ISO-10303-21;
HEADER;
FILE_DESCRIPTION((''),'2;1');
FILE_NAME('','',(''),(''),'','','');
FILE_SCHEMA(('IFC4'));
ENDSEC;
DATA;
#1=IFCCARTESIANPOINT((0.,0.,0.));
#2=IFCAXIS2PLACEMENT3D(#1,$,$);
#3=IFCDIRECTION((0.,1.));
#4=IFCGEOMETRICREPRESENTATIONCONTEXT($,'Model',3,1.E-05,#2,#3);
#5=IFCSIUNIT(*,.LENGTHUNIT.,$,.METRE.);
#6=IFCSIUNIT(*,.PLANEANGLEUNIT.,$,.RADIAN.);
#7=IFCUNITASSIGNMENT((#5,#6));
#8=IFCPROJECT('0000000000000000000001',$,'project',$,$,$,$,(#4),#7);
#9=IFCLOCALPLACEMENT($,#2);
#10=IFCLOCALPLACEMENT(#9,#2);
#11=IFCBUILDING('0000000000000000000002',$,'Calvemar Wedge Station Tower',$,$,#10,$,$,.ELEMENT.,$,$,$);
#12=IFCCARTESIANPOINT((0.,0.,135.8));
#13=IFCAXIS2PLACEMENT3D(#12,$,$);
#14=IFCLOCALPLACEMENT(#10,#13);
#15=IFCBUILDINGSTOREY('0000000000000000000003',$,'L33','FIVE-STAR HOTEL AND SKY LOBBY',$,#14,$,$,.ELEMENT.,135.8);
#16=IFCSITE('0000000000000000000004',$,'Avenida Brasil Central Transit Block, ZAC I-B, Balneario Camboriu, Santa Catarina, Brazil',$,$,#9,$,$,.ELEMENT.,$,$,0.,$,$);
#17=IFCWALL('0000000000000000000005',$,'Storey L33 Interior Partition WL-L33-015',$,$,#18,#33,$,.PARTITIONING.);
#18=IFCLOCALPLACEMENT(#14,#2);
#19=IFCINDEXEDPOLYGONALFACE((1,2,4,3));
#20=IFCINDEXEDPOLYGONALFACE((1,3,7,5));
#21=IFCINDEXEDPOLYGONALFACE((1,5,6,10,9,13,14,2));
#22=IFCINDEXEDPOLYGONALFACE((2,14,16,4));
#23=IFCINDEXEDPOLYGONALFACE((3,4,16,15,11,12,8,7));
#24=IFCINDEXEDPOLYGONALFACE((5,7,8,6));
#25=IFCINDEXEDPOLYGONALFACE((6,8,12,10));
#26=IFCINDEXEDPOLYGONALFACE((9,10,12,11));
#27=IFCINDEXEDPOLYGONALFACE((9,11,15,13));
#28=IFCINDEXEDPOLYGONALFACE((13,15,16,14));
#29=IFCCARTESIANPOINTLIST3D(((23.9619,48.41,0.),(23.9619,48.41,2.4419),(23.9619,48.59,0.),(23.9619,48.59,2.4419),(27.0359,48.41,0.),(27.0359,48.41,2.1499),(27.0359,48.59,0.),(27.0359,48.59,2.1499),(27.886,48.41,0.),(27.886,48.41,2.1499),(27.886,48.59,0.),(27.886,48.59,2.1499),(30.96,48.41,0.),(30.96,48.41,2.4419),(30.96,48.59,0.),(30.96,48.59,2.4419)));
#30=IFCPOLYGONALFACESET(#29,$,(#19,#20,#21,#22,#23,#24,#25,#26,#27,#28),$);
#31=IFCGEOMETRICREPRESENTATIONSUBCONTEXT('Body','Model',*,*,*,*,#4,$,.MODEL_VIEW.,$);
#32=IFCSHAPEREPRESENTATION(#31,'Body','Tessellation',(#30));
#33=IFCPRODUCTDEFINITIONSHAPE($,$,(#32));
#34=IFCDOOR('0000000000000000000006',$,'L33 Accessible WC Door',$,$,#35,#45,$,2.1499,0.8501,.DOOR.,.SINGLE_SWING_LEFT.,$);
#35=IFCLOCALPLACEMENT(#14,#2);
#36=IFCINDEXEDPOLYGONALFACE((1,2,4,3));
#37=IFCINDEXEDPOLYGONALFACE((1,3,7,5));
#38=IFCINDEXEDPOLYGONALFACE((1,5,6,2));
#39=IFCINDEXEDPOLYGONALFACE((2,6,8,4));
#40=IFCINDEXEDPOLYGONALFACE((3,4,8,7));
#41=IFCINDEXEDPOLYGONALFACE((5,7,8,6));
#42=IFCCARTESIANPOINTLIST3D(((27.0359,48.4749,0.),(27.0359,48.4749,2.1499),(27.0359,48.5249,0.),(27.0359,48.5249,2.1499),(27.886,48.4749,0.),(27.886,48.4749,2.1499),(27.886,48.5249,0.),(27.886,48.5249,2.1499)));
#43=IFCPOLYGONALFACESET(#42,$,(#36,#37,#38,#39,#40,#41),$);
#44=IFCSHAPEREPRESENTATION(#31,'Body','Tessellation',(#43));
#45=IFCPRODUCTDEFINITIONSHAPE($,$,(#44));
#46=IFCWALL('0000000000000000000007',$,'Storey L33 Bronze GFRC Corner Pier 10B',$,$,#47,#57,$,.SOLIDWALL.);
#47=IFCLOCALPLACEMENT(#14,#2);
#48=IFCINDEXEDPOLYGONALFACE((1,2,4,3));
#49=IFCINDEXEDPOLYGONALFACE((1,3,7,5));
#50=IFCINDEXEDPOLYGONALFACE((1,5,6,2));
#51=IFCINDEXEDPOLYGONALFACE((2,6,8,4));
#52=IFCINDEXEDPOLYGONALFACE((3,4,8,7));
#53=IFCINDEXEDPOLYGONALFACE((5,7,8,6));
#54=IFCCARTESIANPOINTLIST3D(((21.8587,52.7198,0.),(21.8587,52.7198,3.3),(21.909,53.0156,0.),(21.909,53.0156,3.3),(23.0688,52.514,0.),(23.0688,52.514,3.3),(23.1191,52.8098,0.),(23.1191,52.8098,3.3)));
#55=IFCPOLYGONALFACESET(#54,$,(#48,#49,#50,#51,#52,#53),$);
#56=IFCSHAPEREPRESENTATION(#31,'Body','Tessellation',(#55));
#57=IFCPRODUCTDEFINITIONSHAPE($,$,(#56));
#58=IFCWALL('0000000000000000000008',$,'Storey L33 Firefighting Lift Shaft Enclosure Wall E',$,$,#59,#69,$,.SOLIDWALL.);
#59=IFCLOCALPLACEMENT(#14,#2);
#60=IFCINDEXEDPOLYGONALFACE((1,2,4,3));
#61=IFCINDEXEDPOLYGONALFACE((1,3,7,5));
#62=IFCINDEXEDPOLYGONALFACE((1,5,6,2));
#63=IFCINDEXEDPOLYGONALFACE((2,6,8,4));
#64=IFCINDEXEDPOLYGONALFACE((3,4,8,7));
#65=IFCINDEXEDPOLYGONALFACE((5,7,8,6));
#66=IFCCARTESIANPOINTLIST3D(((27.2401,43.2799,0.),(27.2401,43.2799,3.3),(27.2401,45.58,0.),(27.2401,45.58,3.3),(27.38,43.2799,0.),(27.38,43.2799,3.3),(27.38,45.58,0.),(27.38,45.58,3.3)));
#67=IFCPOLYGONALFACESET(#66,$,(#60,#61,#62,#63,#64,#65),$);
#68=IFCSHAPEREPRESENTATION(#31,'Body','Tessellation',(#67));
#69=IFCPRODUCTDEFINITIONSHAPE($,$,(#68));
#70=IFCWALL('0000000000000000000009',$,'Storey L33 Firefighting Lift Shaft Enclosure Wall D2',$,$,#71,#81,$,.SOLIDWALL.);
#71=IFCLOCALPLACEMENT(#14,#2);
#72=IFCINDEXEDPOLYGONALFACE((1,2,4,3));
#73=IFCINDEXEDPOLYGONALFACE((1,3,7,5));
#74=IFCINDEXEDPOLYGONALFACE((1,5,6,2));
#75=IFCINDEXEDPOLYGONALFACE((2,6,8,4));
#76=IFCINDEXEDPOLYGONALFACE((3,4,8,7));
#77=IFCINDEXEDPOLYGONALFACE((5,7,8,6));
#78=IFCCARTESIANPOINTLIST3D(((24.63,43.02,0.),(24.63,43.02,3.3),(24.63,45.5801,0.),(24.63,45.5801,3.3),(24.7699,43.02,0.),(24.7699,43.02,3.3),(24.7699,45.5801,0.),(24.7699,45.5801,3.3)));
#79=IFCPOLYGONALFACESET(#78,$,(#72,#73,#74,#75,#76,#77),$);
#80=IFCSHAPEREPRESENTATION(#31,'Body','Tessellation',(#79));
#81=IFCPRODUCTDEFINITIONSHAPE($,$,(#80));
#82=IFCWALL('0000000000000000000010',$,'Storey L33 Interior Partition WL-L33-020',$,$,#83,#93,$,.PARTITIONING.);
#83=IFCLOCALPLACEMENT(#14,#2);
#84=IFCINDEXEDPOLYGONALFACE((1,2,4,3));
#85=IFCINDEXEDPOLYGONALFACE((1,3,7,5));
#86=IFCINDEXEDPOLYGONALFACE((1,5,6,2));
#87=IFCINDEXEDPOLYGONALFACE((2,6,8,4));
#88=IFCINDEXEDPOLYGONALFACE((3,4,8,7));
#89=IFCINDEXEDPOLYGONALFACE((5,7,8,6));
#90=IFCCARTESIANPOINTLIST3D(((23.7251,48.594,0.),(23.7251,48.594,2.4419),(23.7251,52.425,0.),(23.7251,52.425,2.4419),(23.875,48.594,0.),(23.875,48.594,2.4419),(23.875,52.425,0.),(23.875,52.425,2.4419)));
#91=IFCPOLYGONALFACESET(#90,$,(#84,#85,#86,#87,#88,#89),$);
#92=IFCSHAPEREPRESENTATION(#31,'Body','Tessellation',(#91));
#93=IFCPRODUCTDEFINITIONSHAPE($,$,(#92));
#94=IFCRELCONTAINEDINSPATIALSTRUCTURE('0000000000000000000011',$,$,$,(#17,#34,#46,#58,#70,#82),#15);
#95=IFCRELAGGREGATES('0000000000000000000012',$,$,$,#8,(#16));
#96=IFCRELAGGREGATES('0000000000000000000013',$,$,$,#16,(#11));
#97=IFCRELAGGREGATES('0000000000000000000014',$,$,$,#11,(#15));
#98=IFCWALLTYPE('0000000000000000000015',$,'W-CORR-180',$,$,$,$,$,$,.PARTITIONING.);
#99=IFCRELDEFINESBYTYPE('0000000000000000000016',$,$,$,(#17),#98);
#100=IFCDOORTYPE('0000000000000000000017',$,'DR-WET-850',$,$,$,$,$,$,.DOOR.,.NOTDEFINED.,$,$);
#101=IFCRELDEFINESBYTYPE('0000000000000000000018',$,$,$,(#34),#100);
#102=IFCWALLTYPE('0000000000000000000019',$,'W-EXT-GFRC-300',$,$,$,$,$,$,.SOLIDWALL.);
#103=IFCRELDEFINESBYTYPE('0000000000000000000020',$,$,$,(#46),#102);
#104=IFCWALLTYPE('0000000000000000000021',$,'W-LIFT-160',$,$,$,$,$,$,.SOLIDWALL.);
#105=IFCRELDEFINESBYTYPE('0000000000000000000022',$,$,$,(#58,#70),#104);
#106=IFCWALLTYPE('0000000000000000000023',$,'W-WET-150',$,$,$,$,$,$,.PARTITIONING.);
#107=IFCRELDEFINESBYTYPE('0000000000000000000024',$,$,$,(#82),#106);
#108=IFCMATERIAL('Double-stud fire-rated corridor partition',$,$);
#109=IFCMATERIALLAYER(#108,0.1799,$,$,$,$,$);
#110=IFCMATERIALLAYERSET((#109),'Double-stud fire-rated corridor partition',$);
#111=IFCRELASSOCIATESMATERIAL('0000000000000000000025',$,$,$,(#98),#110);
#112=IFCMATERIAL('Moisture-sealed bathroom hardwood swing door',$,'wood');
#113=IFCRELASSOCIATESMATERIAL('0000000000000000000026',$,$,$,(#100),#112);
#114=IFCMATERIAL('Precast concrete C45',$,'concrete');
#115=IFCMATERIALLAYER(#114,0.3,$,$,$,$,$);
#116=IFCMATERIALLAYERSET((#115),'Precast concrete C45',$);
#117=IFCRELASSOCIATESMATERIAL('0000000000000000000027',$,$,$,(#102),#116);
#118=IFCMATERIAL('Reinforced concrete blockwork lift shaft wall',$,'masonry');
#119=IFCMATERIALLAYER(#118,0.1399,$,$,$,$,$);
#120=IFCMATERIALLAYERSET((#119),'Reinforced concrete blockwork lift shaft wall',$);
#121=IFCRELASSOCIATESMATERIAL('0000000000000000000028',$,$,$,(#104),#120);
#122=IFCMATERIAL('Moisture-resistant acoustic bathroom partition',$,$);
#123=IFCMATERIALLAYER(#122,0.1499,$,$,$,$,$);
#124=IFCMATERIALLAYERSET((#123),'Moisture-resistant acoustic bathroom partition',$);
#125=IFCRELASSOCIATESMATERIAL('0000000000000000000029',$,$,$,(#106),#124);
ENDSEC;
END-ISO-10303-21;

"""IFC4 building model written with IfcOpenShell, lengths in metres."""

from ifc_helpers import new_model, si_unit, direction, frame, frame_2d, origin, place, context, subcontext, project, spatial, rectangle, extrude, source, transform, mapped, material, layer, layer_set, type_object, element, fill, save


model = new_model("IFC4")

# Units and contexts
model_context = context("Model", 3, precision=1e-05, world=origin(), true_north=direction((0.0, 1.0)))
body_context = subcontext(model_context, "Body", "Model", "MODEL_VIEW")
ifc_project = project(units=[si_unit("LENGTHUNIT", "METRE"), si_unit("PLANEANGLEUNIT", "RADIAN")], contexts=[model_context])

# Site, building, storey
site_placement = place(None, origin())
site = spatial("IfcSite", under=ifc_project, at=site_placement, Name="Avenida Brasil Central Transit Block, ZAC I-B, Balneario Camboriu, Santa Catarina, Brazil", CompositionType="ELEMENT", RefElevation=0.0)
building_placement = place(site_placement, origin())
building = spatial("IfcBuilding", under=site, at=building_placement, Name="Calvemar Wedge Station Tower", CompositionType="ELEMENT")
storey_placement = place(building_placement, frame((0.0, 0.0, 135.8)))
storey = spatial("IfcBuildingStorey", under=building, at=storey_placement, Name="L33", Description="FIVE-STAR HOTEL AND SKY LOBBY", CompositionType="ELEMENT", Elevation=135.8)

# Shared definitions
ifc_material_1 = material(Name="Double-stud fire-rated corridor partition")
ifc_layer_1 = layer(ifc_material_1, 0.1799)
ifc_layer_set_1 = layer_set([ifc_layer_1], Name="Double-stud fire-rated corridor partition")
wall_type_1 = type_object("IfcWallType", Name="W-CORR-180", PredefinedType="PARTITIONING", material=ifc_layer_set_1)

# Wall, opening, door
shared_shape_1 = source(origin(), body_context, "Body", "SweptSolid", [
    extrude(rectangle(XDim=0.8501, YDim=2.1499, at=frame_2d((0.425, 1.075))), frame((0.0, 0.1001, 0.0), z_axis=(0.0, -1.0, 0.0), x_axis=(1.0, 0.0, 0.0)), (0.0, 0.0, 1.0), 0.2),
])
wall_1_placement = place(storey_placement, frame((23.9619, 48.5, 0.0), z_axis=(0.0, 0.0, 1.0), x_axis=(1.0, 0.0, 0.0)))
wall_1 = element("IfcWall", 1, at=wall_1_placement, inside=storey, type_object=wall_type_1, Name="Storey L33 Interior Partition WL-L33-015", PredefinedType="PARTITIONING", context=body_context, shape_type="SweptSolid", body=[
    extrude(rectangle(XDim=6.998, YDim=0.1799, at=frame_2d((3.499, 0.0))), origin(), (0.0, 0.0, 1.0), 2.4419),
])
opening_1_placement = place(wall_1_placement, frame((3.074, 0.0, 0.0)))
opening_1 = element("IfcOpeningElement", 2, at=opening_1_placement, cuts=wall_1, PredefinedType="OPENING", context=body_context, shape_type="MappedRepresentation", body=[
    mapped(shared_shape_1, transform((0.0, 0.0, 0.0), scale=1.0)),
])
ifc_material_2 = material(Name="Moisture-sealed bathroom hardwood swing door", Category="wood")
door_type_1 = type_object("IfcDoorType", Name="DR-WET-850", OperationType="NOTDEFINED", PredefinedType="DOOR", material=ifc_material_2)
shared_shape_2 = source(origin(), body_context, "Body", "SweptSolid", [
    extrude(rectangle(XDim=0.8501, YDim=2.1499, at=frame_2d((0.425, 1.075))), frame((0.0, 0.0249, 0.0), z_axis=(0.0, -1.0, 0.0), x_axis=(1.0, 0.0, 0.0)), (0.0, 0.0, 1.0), 0.05),
])
door_1_placement = place(opening_1_placement, origin())
door_1 = element("IfcDoor", 3, at=door_1_placement, inside=storey, type_object=door_type_1, Name="L33 Accessible WC Door", OperationType="SINGLE_SWING_LEFT", OverallHeight=2.1499, OverallWidth=0.8501, PredefinedType="DOOR", context=body_context, shape_type="MappedRepresentation", body=[
    mapped(shared_shape_2, transform((0.0, 0.0, 0.0), scale=1.0)),
])
fill(opening_1, door_1)

# Walls
ifc_material_3 = material(Name="Precast concrete C45", Category="concrete")
ifc_layer_2 = layer(ifc_material_3, 0.3)
ifc_layer_set_2 = layer_set([ifc_layer_2], Name="Precast concrete C45")
wall_type_2 = type_object("IfcWallType", Name="W-EXT-GFRC-300", PredefinedType="SOLIDWALL", material=ifc_layer_set_2)
wall_2_placement = place(storey_placement, frame((23.094, 52.6619, 0.0), z_axis=(0.0, 0.0, 1.0), x_axis=(-0.985846, 0.167655, 0.0)))
element("IfcWall", 4, at=wall_2_placement, inside=storey, type_object=wall_type_2, Name="Storey L33 Bronze GFRC Corner Pier 10B", PredefinedType="SOLIDWALL", context=body_context, shape_type="SweptSolid", body=[
    extrude(rectangle(XDim=1.2275, YDim=0.3, at=frame_2d((0.6138, 0.0))), origin(), (0.0, 0.0, 1.0), 3.3),
])
ifc_material_4 = material(Name="Reinforced concrete blockwork lift shaft wall", Category="masonry")
ifc_layer_3 = layer(ifc_material_4, 0.1399)
ifc_layer_set_3 = layer_set([ifc_layer_3], Name="Reinforced concrete blockwork lift shaft wall")
wall_type_3 = type_object("IfcWallType", Name="W-LIFT-160", PredefinedType="SOLIDWALL", material=ifc_layer_set_3)
wall_3_placement = place(storey_placement, frame((27.3101, 43.28, 0.0), z_axis=(0.0, 0.0, 1.0), x_axis=(0.0, 1.0, 0.0)))
element("IfcWall", 5, at=wall_3_placement, inside=storey, type_object=wall_type_3, Name="Storey L33 Firefighting Lift Shaft Enclosure Wall E", PredefinedType="SOLIDWALL", context=body_context, shape_type="SweptSolid", body=[
    extrude(rectangle(XDim=2.3, YDim=0.1399, at=frame_2d((1.1499, 0.0))), origin(), (0.0, 0.0, 1.0), 3.3),
])
wall_4_placement = place(storey_placement, frame((24.7, 43.02, 0.0), z_axis=(0.0, 0.0, 1.0), x_axis=(0.0, 1.0, 0.0)))
element("IfcWall", 6, at=wall_4_placement, inside=storey, type_object=wall_type_3, Name="Storey L33 Firefighting Lift Shaft Enclosure Wall D2", PredefinedType="SOLIDWALL", context=body_context, shape_type="SweptSolid", body=[
    extrude(rectangle(XDim=2.5601, YDim=0.1399, at=frame_2d((1.28, 0.0))), origin(), (0.0, 0.0, 1.0), 3.3),
])
ifc_material_5 = material(Name="Moisture-resistant acoustic bathroom partition")
ifc_layer_4 = layer(ifc_material_5, 0.1499)
ifc_layer_set_4 = layer_set([ifc_layer_4], Name="Moisture-resistant acoustic bathroom partition")
wall_type_4 = type_object("IfcWallType", Name="W-WET-150", PredefinedType="PARTITIONING", material=ifc_layer_set_4)
wall_5_placement = place(storey_placement, frame((23.8, 52.425, 0.0), z_axis=(0.0, 0.0, 1.0), x_axis=(0.0, -1.0, 0.0)))
element("IfcWall", 7, at=wall_5_placement, inside=storey, type_object=wall_type_4, Name="Storey L33 Interior Partition WL-L33-020", PredefinedType="PARTITIONING", context=body_context, shape_type="SweptSolid", body=[
    extrude(rectangle(XDim=3.8311, YDim=0.1499, at=frame_2d((1.9155, 0.0))), origin(), (0.0, 0.0, 1.0), 2.4419),
])

save(model, "model.ifc")
